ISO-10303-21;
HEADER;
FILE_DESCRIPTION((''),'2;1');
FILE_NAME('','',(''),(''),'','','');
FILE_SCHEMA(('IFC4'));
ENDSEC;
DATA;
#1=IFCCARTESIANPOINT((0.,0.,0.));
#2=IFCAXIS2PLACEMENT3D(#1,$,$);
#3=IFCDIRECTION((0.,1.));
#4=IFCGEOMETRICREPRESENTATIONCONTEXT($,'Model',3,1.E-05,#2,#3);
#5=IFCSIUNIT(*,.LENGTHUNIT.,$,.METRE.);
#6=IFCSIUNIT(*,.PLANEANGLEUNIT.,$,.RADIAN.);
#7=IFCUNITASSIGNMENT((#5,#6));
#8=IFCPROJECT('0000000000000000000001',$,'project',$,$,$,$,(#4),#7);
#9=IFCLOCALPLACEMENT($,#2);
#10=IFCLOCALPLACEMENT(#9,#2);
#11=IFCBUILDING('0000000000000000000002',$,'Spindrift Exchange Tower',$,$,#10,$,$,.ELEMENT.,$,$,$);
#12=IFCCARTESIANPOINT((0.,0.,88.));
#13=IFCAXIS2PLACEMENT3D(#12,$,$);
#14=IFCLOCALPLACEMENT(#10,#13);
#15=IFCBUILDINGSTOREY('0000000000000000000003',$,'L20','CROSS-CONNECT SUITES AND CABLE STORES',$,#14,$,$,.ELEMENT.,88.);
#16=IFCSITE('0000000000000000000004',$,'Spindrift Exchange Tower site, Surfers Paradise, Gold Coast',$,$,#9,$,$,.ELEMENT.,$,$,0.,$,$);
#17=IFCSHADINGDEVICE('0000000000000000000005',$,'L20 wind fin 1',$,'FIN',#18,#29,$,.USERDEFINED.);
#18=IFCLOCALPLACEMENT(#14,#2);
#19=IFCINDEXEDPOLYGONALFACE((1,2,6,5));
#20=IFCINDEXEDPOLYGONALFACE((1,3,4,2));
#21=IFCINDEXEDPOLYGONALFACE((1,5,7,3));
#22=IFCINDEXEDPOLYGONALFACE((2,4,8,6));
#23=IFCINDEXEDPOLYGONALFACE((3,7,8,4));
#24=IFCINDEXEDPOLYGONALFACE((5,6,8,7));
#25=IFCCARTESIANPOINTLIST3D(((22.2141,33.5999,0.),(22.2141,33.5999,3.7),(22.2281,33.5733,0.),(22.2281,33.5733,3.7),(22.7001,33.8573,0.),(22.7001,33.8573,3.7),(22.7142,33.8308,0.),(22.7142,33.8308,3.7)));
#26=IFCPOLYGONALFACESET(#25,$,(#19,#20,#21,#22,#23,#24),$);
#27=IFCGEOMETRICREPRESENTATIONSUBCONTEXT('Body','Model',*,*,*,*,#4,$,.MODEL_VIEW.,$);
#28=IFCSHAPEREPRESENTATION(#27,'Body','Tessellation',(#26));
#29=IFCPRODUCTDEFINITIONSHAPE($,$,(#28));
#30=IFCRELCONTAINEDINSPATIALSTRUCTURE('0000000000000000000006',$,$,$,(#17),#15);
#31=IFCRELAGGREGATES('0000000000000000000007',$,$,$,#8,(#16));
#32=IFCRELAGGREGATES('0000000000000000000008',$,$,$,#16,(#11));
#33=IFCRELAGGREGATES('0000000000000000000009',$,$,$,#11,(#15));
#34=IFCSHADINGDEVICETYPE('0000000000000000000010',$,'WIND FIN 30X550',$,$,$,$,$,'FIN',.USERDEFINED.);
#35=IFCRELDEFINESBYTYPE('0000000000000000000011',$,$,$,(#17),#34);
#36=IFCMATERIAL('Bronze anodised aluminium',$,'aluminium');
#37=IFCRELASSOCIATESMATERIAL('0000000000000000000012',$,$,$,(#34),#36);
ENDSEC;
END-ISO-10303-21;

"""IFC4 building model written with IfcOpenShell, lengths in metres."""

from ifc_helpers import new_model, si_unit, direction, frame, origin, origin_2d, place, context, subcontext, project, spatial, rectangle, extrude, source, transform, mapped, material, material_profile, profile_set, type_object, element, save


model = new_model("IFC4")

# Units and contexts
model_context = context("Model", 3, precision=1e-05, world=origin(), true_north=direction((0.0, 1.0)))
body_context = subcontext(model_context, "Body", "Model", "MODEL_VIEW")
ifc_project = project(units=[si_unit("LENGTHUNIT", "METRE"), si_unit("PLANEANGLEUNIT", "RADIAN")], contexts=[model_context])

# Site, building, storey
site_placement = place(None, origin())
site = spatial("IfcSite", under=ifc_project, at=site_placement, Name="Spindrift Exchange Tower site, Surfers Paradise, Gold Coast", CompositionType="ELEMENT", RefElevation=0.0)
building_placement = place(site_placement, origin())
building = spatial("IfcBuilding", under=site, at=building_placement, Name="Spindrift Exchange Tower", CompositionType="ELEMENT")
storey_placement = place(building_placement, frame((0.0, 0.0, 88.0)))
storey = spatial("IfcBuildingStorey", under=building, at=storey_placement, Name="L20", Description="CROSS-CONNECT SUITES AND CABLE STORES", CompositionType="ELEMENT", Elevation=88.0)

# Shared definitions
ifc_material_1 = material(Name="Bronze anodised aluminium", Category="aluminium")

# Shading device
ifc_material_profile_1 = material_profile(ifc_material_1, rectangle(XDim=0.03, YDim=0.55, at=origin_2d()), Name="WIND FIN 30X550")
ifc_profile_set_1 = profile_set([ifc_material_profile_1], Name="Bronze anodised aluminium")
shading_device_type = type_object("IfcShadingDeviceType", Name="WIND FIN 30X550", ElementType="FIN", PredefinedType="USERDEFINED", material=ifc_profile_set_1)
shared_shape_1 = source(origin(), body_context, "Body", "SweptSolid", [
    extrude(rectangle(XDim=0.03, YDim=0.55, at=origin_2d()), origin(), (0.0, 0.0, 1.0), 3.7),
])
shading_device_placement = place(storey_placement, frame((22.4641, 33.7153, 0.0), z_axis=(0.0, 0.0, 1.0), x_axis=(0.468121, -0.883664, 0.0)))
element("IfcShadingDevice", 1, at=shading_device_placement, inside=storey, type_object=shading_device_type, Name="L20 wind fin 1", ObjectType="FIN", PredefinedType="USERDEFINED", context=body_context, shape_type="MappedRepresentation", body=[
    mapped(shared_shape_1, transform((0.0, 0.0, 0.0), scale=1.0)),
])

save(model, "model.ifc")
